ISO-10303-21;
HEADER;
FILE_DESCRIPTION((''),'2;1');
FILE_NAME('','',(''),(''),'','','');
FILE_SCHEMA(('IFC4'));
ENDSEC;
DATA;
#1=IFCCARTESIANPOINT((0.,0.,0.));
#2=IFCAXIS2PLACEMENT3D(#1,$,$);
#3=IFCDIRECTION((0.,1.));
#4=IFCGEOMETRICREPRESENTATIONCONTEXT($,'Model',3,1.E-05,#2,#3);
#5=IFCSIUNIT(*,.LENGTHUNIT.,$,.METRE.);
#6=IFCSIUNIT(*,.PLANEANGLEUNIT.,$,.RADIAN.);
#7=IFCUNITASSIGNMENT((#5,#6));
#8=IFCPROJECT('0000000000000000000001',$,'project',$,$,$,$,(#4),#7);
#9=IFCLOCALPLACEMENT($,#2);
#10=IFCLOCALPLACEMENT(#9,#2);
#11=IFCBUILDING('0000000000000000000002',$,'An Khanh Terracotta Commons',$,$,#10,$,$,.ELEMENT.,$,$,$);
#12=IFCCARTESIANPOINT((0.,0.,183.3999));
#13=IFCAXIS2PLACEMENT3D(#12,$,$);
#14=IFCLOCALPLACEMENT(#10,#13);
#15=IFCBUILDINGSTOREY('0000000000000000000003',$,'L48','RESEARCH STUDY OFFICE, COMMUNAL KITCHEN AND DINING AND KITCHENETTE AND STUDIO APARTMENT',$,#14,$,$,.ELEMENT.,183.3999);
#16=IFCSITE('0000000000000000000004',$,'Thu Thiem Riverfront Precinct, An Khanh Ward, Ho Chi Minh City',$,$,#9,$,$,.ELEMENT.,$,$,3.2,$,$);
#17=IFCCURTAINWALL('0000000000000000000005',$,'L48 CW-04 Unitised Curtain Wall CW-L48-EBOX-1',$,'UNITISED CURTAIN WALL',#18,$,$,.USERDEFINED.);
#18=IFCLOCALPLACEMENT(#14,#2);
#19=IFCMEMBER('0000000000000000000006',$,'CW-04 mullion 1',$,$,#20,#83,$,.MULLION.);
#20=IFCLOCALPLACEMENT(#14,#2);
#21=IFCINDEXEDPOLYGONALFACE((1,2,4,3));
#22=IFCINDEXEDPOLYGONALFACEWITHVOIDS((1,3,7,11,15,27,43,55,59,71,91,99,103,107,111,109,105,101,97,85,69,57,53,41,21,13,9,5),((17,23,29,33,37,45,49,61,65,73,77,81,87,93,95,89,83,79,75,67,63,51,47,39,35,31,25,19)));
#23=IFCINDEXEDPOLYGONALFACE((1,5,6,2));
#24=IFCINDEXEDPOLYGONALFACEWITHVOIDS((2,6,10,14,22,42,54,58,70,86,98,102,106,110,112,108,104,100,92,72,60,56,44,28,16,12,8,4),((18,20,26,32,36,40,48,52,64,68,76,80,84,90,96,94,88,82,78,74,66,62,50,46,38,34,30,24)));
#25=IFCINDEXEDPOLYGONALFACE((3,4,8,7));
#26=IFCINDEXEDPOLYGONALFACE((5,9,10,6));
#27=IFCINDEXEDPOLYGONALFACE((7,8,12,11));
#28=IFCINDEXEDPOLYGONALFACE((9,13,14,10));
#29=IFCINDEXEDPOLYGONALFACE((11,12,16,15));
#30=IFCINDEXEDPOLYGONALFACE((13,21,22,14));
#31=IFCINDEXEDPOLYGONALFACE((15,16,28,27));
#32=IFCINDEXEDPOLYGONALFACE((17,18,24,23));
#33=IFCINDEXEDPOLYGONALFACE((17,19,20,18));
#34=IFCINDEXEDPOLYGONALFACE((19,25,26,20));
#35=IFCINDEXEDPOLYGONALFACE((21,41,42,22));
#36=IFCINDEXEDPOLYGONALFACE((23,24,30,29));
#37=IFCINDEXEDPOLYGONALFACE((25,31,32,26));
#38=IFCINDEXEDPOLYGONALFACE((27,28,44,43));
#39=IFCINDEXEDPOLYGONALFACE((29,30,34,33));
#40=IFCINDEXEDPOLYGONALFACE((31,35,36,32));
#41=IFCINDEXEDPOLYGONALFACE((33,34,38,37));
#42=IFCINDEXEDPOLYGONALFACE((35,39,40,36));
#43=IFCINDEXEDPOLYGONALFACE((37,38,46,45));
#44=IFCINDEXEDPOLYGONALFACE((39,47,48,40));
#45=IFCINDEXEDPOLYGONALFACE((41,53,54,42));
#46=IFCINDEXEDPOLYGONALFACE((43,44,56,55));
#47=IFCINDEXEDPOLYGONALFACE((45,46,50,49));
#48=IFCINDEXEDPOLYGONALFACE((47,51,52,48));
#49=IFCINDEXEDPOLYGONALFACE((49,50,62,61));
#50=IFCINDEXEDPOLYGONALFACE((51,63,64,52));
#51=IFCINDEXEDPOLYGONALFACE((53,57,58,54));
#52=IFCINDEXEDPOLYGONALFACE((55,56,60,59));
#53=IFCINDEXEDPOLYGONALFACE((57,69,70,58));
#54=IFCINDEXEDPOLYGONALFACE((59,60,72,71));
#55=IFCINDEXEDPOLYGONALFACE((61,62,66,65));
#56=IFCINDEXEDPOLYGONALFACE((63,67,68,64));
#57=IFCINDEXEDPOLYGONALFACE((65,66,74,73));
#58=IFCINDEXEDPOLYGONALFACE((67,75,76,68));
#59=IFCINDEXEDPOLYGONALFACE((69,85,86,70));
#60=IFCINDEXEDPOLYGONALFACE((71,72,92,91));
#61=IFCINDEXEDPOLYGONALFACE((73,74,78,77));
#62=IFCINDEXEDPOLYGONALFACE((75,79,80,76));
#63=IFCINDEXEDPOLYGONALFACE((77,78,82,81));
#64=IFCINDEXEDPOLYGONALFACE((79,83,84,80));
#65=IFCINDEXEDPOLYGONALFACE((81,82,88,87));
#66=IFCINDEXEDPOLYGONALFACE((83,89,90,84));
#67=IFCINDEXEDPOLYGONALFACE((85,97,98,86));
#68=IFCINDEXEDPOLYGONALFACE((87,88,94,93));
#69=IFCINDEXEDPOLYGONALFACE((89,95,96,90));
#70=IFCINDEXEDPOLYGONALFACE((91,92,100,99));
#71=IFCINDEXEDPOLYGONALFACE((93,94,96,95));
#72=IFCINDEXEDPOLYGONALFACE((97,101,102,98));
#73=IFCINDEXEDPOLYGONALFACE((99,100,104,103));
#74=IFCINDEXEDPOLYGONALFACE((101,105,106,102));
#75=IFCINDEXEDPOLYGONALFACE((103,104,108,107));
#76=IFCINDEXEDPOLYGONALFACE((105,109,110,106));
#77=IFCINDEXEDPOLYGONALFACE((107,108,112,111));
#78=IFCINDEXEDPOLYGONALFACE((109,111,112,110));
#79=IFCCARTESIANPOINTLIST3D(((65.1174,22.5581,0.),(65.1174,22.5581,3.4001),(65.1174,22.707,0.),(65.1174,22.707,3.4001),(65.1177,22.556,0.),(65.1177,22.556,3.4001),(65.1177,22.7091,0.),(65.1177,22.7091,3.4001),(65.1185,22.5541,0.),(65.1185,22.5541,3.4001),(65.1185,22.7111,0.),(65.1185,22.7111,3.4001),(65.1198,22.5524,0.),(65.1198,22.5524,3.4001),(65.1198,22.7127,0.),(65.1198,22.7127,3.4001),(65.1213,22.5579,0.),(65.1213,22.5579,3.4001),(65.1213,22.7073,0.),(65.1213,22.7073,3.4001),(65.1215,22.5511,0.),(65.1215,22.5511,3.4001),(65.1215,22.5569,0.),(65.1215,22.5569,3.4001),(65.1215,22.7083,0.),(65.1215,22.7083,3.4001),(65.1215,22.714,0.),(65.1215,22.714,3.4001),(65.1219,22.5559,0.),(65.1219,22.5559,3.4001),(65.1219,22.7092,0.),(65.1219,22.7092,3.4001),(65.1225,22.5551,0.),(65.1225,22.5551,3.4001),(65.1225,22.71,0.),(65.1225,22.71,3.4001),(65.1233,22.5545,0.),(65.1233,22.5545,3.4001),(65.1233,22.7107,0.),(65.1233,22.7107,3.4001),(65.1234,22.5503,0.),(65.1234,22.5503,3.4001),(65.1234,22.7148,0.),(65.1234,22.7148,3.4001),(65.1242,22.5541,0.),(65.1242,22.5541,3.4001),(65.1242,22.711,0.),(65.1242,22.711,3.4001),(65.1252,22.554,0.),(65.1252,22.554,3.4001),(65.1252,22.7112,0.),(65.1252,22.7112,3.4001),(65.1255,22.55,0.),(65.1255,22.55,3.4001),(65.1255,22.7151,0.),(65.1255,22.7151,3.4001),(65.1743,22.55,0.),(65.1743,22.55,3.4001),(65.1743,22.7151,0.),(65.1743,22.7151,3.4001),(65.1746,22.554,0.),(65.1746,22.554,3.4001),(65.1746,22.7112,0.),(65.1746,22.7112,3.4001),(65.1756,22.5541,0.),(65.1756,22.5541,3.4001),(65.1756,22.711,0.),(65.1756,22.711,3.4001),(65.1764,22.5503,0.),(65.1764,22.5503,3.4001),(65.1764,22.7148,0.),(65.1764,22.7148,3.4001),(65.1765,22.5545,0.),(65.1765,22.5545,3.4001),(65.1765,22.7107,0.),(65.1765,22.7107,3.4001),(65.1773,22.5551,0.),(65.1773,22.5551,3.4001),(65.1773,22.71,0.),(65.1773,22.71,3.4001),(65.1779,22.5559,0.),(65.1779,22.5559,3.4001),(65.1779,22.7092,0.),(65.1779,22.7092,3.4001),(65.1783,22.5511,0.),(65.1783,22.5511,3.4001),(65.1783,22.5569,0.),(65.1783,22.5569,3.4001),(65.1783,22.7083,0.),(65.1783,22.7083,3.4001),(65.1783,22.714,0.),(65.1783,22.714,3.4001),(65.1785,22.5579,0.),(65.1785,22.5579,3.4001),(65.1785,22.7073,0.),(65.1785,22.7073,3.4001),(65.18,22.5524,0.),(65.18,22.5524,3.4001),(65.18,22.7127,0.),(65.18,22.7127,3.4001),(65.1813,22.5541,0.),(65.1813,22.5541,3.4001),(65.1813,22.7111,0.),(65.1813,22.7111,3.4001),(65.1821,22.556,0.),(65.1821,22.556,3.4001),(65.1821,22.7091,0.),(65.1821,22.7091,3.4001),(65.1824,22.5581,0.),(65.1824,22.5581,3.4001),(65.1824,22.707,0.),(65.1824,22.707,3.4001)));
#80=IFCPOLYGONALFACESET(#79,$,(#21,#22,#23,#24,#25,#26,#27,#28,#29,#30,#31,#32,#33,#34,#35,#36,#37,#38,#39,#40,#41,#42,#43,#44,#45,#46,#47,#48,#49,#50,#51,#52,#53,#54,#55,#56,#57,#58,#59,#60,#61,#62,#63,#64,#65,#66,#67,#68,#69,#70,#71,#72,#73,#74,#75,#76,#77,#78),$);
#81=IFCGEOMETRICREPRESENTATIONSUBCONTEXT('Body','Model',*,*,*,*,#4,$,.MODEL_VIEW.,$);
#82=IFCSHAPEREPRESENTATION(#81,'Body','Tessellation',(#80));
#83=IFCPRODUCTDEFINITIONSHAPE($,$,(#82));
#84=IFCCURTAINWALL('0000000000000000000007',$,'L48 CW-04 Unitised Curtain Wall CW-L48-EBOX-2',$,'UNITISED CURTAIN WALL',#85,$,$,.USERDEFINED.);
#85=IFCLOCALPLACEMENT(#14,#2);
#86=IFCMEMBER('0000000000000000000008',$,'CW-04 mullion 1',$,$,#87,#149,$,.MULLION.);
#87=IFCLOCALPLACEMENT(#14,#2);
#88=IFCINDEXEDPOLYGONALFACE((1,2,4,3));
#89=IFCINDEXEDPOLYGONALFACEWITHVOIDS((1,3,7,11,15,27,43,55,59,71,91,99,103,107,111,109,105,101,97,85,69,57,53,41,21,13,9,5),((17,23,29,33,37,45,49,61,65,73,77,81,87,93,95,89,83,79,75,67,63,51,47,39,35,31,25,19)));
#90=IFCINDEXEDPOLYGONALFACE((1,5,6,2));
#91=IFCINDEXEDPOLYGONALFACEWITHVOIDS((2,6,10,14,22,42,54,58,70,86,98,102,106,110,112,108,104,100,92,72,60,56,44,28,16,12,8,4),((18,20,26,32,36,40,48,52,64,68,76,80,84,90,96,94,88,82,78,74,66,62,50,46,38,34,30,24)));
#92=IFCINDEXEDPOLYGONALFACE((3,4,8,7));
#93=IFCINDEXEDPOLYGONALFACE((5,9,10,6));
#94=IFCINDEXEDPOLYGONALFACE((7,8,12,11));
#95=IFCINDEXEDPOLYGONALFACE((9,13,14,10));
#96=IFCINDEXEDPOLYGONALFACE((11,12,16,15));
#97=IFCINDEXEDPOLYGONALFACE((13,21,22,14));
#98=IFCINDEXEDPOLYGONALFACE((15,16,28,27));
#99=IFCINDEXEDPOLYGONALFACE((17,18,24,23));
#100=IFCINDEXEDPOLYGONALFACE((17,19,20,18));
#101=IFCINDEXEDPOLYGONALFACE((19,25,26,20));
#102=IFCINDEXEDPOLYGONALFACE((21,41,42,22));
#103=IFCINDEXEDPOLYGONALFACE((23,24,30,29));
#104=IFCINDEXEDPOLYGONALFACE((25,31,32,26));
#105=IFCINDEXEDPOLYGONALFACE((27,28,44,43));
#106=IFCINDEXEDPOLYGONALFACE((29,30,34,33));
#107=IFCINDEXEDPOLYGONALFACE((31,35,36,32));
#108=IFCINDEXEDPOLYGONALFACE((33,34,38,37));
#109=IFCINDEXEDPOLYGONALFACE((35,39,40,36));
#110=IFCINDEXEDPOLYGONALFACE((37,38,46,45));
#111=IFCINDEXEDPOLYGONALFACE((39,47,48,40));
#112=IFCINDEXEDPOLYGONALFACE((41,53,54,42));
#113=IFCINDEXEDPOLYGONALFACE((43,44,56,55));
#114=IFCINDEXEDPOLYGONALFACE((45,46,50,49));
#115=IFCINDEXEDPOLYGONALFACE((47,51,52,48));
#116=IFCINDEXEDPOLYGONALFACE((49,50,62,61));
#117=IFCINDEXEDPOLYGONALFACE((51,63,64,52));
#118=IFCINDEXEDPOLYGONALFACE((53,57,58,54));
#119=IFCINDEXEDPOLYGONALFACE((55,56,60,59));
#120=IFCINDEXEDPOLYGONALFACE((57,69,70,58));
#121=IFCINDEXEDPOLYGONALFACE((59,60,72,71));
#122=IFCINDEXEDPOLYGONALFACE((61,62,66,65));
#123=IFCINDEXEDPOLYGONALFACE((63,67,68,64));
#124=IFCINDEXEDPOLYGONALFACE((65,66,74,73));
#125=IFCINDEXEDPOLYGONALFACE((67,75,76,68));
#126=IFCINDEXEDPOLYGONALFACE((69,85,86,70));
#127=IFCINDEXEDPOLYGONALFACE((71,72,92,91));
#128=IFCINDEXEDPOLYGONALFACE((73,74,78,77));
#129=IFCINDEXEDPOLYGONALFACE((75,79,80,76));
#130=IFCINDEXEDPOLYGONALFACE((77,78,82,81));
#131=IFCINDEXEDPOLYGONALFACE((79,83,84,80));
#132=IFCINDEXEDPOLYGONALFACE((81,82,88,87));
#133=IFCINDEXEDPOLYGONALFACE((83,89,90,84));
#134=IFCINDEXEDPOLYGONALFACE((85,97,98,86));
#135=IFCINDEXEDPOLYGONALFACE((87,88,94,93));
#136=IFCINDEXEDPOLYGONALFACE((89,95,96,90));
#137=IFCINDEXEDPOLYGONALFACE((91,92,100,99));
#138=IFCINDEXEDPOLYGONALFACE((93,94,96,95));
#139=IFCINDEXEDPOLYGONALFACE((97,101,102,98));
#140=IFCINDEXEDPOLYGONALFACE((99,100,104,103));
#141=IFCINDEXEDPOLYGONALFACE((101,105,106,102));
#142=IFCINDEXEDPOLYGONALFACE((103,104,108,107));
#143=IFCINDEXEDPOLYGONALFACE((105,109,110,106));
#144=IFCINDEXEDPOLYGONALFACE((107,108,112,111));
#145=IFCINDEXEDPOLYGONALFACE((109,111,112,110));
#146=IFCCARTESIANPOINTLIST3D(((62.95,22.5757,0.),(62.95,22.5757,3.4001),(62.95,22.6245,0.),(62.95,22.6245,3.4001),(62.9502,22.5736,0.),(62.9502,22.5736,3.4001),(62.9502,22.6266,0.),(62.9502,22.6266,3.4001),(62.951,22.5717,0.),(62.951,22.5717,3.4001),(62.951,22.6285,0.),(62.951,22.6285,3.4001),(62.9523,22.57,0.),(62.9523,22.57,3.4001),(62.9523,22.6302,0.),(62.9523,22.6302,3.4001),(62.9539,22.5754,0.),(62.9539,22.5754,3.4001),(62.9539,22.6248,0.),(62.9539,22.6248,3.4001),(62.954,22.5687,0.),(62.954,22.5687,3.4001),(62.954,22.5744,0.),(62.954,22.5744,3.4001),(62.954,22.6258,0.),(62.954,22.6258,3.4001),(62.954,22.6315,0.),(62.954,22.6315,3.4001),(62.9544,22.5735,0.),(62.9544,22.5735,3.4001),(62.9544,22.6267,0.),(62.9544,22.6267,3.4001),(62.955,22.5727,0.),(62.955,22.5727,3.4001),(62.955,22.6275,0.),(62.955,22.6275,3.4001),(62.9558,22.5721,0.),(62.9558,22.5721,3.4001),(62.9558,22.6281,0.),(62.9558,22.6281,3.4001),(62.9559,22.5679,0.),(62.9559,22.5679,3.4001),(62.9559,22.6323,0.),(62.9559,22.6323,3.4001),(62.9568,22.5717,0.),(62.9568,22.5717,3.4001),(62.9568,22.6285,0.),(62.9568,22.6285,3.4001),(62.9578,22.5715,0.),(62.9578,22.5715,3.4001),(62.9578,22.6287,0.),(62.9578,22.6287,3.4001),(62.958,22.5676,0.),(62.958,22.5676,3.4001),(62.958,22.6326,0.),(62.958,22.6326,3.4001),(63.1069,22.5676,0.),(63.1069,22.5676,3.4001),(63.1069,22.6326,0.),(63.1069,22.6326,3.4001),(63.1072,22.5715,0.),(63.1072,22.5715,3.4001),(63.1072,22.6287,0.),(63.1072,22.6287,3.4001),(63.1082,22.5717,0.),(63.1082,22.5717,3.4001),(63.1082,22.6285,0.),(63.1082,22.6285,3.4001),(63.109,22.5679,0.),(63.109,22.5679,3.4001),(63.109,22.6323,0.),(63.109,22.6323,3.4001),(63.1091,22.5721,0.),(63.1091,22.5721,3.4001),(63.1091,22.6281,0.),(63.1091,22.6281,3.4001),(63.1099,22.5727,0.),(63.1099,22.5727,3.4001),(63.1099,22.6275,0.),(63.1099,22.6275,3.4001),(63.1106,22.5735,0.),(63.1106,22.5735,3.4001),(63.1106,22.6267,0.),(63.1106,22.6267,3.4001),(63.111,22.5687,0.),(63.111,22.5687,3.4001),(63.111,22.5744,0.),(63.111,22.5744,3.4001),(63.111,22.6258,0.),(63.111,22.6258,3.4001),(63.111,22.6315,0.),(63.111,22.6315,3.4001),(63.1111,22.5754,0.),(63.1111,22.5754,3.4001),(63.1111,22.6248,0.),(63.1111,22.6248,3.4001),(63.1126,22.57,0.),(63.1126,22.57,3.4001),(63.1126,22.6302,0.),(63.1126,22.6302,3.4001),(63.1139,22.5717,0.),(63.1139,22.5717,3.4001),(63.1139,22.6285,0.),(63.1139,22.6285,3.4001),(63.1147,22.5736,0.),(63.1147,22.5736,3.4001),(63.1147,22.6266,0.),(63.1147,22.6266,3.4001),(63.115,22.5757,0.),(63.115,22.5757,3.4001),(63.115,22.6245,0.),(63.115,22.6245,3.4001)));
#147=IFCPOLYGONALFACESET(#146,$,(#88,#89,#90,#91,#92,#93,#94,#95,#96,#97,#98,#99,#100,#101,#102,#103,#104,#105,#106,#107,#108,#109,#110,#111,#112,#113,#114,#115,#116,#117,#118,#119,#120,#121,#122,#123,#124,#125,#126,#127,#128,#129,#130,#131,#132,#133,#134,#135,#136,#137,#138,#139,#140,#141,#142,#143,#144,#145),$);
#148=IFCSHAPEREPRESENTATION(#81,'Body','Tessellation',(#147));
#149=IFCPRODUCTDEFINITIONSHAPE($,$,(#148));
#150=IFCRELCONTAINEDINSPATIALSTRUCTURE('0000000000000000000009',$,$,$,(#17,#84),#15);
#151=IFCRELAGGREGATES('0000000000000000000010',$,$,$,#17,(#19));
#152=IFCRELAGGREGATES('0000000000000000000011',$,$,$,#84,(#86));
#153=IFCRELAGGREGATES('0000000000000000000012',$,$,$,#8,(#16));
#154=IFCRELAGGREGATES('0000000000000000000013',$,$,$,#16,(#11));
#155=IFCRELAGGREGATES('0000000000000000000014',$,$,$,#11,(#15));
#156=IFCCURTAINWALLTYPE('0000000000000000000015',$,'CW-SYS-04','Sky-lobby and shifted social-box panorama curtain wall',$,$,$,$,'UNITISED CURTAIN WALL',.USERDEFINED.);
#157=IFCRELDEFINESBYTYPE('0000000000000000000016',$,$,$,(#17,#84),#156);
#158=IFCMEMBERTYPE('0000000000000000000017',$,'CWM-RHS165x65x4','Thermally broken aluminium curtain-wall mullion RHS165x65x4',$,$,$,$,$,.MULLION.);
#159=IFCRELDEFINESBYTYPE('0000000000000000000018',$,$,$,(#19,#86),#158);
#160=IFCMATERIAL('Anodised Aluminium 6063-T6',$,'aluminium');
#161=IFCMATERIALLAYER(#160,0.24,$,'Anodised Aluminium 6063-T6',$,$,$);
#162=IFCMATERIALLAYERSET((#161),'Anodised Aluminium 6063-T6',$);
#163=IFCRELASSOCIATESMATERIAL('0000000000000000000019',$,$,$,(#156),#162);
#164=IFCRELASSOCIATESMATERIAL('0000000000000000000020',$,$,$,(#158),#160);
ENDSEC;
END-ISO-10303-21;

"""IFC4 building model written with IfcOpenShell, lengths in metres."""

from ifc_helpers import new_model, si_unit, direction, frame, origin, origin_2d, place, context, subcontext, project, spatial, hollow_rectangle, extrude, material, layer, layer_set, material_profile, profile_set, type_object, element, aggregate, save


model = new_model("IFC4")

# Units and contexts
model_context = context("Model", 3, precision=1e-05, world=origin(), true_north=direction((0.0, 1.0)))
body_context = subcontext(model_context, "Body", "Model", "MODEL_VIEW")
ifc_project = project(units=[si_unit("LENGTHUNIT", "METRE"), si_unit("PLANEANGLEUNIT", "RADIAN")], contexts=[model_context])

# Site, building, storey
site_placement = place(None, origin())
site = spatial("IfcSite", under=ifc_project, at=site_placement, Name="Thu Thiem Riverfront Precinct, An Khanh Ward, Ho Chi Minh City", CompositionType="ELEMENT", RefElevation=3.2)
building_placement = place(site_placement, origin())
building = spatial("IfcBuilding", under=site, at=building_placement, Name="An Khanh Terracotta Commons", CompositionType="ELEMENT")
storey_placement = place(building_placement, frame((0.0, 0.0, 183.3999)))
storey = spatial("IfcBuildingStorey", under=building, at=storey_placement, Name="L48", Description="RESEARCH STUDY OFFICE, COMMUNAL KITCHEN AND DINING AND KITCHENETTE AND STUDIO APARTMENT", CompositionType="ELEMENT", Elevation=183.3999)

# Curtain wall, member
ifc_material_1 = material(Name="Anodised Aluminium 6063-T6", Category="aluminium")
ifc_layer_1 = layer(ifc_material_1, 0.24, Name="Anodised Aluminium 6063-T6")
ifc_layer_set_1 = layer_set([ifc_layer_1], Name="Anodised Aluminium 6063-T6")
curtain_wall_type_1 = type_object("IfcCurtainWallType", Name="CW-SYS-04", Description="Sky-lobby and shifted social-box panorama curtain wall", ElementType="UNITISED CURTAIN WALL", PredefinedType="USERDEFINED", material=ifc_layer_set_1)
curtain_wall_1_placement = place(storey_placement, origin())
curtain_wall_1 = element("IfcCurtainWall", 1, at=curtain_wall_1_placement, inside=storey, type_object=curtain_wall_type_1, Name="L48 CW-04 Unitised Curtain Wall CW-L48-EBOX-1", ObjectType="UNITISED CURTAIN WALL", PredefinedType="USERDEFINED")
ifc_material_profile_1 = material_profile(ifc_material_1, hollow_rectangle(XDim=0.0649, YDim=0.165, WallThickness=0.0039, InnerFilletRadius=0.0039, OuterFilletRadius=0.0081, at=origin_2d()), Name="RHS165x65x4")
ifc_profile_set_1 = profile_set([ifc_material_profile_1], Name="Anodised Aluminium 6063-T6")
member_type_1 = type_object("IfcMemberType", Name="CWM-RHS165x65x4", Description="Thermally broken aluminium curtain-wall mullion RHS165x65x4", PredefinedType="MULLION", material=ifc_profile_set_1)
member_1_placement = place(storey_placement, frame((65.1499, 22.6326, 0.0), z_axis=(0.0, 0.0, 1.0), x_axis=(-1.0, 0.0, 0.0)))
member_1 = element("IfcMember", 2, at=member_1_placement, type_object=member_type_1, Name="CW-04 mullion 1", PredefinedType="MULLION", context=body_context, shape_type="SweptSolid", body=[
    extrude(hollow_rectangle(XDim=0.0649, YDim=0.165, WallThickness=0.0039, InnerFilletRadius=0.0039, OuterFilletRadius=0.0081, at=origin_2d()), origin(), (0.0, 0.0, 1.0), 3.4001),
])

# Curtain wall, member
curtain_wall_2_placement = place(storey_placement, origin())
curtain_wall_2 = element("IfcCurtainWall", 3, at=curtain_wall_2_placement, inside=storey, type_object=curtain_wall_type_1, Name="L48 CW-04 Unitised Curtain Wall CW-L48-EBOX-2", ObjectType="UNITISED CURTAIN WALL", PredefinedType="USERDEFINED")
member_2_placement = place(storey_placement, frame((63.0325, 22.6001, 0.0), z_axis=(0.0, 0.0, 1.0), x_axis=(0.0, 1.0, 0.0)))
member_2 = element("IfcMember", 4, at=member_2_placement, type_object=member_type_1, Name="CW-04 mullion 1", PredefinedType="MULLION", context=body_context, shape_type="SweptSolid", body=[
    extrude(hollow_rectangle(XDim=0.0649, YDim=0.165, WallThickness=0.0039, InnerFilletRadius=0.0039, OuterFilletRadius=0.0081, at=origin_2d()), origin(), (0.0, 0.0, 1.0), 3.4001),
])

aggregate(curtain_wall_1, [member_1])

aggregate(curtain_wall_2, [member_2])

save(model, "model.ifc")
